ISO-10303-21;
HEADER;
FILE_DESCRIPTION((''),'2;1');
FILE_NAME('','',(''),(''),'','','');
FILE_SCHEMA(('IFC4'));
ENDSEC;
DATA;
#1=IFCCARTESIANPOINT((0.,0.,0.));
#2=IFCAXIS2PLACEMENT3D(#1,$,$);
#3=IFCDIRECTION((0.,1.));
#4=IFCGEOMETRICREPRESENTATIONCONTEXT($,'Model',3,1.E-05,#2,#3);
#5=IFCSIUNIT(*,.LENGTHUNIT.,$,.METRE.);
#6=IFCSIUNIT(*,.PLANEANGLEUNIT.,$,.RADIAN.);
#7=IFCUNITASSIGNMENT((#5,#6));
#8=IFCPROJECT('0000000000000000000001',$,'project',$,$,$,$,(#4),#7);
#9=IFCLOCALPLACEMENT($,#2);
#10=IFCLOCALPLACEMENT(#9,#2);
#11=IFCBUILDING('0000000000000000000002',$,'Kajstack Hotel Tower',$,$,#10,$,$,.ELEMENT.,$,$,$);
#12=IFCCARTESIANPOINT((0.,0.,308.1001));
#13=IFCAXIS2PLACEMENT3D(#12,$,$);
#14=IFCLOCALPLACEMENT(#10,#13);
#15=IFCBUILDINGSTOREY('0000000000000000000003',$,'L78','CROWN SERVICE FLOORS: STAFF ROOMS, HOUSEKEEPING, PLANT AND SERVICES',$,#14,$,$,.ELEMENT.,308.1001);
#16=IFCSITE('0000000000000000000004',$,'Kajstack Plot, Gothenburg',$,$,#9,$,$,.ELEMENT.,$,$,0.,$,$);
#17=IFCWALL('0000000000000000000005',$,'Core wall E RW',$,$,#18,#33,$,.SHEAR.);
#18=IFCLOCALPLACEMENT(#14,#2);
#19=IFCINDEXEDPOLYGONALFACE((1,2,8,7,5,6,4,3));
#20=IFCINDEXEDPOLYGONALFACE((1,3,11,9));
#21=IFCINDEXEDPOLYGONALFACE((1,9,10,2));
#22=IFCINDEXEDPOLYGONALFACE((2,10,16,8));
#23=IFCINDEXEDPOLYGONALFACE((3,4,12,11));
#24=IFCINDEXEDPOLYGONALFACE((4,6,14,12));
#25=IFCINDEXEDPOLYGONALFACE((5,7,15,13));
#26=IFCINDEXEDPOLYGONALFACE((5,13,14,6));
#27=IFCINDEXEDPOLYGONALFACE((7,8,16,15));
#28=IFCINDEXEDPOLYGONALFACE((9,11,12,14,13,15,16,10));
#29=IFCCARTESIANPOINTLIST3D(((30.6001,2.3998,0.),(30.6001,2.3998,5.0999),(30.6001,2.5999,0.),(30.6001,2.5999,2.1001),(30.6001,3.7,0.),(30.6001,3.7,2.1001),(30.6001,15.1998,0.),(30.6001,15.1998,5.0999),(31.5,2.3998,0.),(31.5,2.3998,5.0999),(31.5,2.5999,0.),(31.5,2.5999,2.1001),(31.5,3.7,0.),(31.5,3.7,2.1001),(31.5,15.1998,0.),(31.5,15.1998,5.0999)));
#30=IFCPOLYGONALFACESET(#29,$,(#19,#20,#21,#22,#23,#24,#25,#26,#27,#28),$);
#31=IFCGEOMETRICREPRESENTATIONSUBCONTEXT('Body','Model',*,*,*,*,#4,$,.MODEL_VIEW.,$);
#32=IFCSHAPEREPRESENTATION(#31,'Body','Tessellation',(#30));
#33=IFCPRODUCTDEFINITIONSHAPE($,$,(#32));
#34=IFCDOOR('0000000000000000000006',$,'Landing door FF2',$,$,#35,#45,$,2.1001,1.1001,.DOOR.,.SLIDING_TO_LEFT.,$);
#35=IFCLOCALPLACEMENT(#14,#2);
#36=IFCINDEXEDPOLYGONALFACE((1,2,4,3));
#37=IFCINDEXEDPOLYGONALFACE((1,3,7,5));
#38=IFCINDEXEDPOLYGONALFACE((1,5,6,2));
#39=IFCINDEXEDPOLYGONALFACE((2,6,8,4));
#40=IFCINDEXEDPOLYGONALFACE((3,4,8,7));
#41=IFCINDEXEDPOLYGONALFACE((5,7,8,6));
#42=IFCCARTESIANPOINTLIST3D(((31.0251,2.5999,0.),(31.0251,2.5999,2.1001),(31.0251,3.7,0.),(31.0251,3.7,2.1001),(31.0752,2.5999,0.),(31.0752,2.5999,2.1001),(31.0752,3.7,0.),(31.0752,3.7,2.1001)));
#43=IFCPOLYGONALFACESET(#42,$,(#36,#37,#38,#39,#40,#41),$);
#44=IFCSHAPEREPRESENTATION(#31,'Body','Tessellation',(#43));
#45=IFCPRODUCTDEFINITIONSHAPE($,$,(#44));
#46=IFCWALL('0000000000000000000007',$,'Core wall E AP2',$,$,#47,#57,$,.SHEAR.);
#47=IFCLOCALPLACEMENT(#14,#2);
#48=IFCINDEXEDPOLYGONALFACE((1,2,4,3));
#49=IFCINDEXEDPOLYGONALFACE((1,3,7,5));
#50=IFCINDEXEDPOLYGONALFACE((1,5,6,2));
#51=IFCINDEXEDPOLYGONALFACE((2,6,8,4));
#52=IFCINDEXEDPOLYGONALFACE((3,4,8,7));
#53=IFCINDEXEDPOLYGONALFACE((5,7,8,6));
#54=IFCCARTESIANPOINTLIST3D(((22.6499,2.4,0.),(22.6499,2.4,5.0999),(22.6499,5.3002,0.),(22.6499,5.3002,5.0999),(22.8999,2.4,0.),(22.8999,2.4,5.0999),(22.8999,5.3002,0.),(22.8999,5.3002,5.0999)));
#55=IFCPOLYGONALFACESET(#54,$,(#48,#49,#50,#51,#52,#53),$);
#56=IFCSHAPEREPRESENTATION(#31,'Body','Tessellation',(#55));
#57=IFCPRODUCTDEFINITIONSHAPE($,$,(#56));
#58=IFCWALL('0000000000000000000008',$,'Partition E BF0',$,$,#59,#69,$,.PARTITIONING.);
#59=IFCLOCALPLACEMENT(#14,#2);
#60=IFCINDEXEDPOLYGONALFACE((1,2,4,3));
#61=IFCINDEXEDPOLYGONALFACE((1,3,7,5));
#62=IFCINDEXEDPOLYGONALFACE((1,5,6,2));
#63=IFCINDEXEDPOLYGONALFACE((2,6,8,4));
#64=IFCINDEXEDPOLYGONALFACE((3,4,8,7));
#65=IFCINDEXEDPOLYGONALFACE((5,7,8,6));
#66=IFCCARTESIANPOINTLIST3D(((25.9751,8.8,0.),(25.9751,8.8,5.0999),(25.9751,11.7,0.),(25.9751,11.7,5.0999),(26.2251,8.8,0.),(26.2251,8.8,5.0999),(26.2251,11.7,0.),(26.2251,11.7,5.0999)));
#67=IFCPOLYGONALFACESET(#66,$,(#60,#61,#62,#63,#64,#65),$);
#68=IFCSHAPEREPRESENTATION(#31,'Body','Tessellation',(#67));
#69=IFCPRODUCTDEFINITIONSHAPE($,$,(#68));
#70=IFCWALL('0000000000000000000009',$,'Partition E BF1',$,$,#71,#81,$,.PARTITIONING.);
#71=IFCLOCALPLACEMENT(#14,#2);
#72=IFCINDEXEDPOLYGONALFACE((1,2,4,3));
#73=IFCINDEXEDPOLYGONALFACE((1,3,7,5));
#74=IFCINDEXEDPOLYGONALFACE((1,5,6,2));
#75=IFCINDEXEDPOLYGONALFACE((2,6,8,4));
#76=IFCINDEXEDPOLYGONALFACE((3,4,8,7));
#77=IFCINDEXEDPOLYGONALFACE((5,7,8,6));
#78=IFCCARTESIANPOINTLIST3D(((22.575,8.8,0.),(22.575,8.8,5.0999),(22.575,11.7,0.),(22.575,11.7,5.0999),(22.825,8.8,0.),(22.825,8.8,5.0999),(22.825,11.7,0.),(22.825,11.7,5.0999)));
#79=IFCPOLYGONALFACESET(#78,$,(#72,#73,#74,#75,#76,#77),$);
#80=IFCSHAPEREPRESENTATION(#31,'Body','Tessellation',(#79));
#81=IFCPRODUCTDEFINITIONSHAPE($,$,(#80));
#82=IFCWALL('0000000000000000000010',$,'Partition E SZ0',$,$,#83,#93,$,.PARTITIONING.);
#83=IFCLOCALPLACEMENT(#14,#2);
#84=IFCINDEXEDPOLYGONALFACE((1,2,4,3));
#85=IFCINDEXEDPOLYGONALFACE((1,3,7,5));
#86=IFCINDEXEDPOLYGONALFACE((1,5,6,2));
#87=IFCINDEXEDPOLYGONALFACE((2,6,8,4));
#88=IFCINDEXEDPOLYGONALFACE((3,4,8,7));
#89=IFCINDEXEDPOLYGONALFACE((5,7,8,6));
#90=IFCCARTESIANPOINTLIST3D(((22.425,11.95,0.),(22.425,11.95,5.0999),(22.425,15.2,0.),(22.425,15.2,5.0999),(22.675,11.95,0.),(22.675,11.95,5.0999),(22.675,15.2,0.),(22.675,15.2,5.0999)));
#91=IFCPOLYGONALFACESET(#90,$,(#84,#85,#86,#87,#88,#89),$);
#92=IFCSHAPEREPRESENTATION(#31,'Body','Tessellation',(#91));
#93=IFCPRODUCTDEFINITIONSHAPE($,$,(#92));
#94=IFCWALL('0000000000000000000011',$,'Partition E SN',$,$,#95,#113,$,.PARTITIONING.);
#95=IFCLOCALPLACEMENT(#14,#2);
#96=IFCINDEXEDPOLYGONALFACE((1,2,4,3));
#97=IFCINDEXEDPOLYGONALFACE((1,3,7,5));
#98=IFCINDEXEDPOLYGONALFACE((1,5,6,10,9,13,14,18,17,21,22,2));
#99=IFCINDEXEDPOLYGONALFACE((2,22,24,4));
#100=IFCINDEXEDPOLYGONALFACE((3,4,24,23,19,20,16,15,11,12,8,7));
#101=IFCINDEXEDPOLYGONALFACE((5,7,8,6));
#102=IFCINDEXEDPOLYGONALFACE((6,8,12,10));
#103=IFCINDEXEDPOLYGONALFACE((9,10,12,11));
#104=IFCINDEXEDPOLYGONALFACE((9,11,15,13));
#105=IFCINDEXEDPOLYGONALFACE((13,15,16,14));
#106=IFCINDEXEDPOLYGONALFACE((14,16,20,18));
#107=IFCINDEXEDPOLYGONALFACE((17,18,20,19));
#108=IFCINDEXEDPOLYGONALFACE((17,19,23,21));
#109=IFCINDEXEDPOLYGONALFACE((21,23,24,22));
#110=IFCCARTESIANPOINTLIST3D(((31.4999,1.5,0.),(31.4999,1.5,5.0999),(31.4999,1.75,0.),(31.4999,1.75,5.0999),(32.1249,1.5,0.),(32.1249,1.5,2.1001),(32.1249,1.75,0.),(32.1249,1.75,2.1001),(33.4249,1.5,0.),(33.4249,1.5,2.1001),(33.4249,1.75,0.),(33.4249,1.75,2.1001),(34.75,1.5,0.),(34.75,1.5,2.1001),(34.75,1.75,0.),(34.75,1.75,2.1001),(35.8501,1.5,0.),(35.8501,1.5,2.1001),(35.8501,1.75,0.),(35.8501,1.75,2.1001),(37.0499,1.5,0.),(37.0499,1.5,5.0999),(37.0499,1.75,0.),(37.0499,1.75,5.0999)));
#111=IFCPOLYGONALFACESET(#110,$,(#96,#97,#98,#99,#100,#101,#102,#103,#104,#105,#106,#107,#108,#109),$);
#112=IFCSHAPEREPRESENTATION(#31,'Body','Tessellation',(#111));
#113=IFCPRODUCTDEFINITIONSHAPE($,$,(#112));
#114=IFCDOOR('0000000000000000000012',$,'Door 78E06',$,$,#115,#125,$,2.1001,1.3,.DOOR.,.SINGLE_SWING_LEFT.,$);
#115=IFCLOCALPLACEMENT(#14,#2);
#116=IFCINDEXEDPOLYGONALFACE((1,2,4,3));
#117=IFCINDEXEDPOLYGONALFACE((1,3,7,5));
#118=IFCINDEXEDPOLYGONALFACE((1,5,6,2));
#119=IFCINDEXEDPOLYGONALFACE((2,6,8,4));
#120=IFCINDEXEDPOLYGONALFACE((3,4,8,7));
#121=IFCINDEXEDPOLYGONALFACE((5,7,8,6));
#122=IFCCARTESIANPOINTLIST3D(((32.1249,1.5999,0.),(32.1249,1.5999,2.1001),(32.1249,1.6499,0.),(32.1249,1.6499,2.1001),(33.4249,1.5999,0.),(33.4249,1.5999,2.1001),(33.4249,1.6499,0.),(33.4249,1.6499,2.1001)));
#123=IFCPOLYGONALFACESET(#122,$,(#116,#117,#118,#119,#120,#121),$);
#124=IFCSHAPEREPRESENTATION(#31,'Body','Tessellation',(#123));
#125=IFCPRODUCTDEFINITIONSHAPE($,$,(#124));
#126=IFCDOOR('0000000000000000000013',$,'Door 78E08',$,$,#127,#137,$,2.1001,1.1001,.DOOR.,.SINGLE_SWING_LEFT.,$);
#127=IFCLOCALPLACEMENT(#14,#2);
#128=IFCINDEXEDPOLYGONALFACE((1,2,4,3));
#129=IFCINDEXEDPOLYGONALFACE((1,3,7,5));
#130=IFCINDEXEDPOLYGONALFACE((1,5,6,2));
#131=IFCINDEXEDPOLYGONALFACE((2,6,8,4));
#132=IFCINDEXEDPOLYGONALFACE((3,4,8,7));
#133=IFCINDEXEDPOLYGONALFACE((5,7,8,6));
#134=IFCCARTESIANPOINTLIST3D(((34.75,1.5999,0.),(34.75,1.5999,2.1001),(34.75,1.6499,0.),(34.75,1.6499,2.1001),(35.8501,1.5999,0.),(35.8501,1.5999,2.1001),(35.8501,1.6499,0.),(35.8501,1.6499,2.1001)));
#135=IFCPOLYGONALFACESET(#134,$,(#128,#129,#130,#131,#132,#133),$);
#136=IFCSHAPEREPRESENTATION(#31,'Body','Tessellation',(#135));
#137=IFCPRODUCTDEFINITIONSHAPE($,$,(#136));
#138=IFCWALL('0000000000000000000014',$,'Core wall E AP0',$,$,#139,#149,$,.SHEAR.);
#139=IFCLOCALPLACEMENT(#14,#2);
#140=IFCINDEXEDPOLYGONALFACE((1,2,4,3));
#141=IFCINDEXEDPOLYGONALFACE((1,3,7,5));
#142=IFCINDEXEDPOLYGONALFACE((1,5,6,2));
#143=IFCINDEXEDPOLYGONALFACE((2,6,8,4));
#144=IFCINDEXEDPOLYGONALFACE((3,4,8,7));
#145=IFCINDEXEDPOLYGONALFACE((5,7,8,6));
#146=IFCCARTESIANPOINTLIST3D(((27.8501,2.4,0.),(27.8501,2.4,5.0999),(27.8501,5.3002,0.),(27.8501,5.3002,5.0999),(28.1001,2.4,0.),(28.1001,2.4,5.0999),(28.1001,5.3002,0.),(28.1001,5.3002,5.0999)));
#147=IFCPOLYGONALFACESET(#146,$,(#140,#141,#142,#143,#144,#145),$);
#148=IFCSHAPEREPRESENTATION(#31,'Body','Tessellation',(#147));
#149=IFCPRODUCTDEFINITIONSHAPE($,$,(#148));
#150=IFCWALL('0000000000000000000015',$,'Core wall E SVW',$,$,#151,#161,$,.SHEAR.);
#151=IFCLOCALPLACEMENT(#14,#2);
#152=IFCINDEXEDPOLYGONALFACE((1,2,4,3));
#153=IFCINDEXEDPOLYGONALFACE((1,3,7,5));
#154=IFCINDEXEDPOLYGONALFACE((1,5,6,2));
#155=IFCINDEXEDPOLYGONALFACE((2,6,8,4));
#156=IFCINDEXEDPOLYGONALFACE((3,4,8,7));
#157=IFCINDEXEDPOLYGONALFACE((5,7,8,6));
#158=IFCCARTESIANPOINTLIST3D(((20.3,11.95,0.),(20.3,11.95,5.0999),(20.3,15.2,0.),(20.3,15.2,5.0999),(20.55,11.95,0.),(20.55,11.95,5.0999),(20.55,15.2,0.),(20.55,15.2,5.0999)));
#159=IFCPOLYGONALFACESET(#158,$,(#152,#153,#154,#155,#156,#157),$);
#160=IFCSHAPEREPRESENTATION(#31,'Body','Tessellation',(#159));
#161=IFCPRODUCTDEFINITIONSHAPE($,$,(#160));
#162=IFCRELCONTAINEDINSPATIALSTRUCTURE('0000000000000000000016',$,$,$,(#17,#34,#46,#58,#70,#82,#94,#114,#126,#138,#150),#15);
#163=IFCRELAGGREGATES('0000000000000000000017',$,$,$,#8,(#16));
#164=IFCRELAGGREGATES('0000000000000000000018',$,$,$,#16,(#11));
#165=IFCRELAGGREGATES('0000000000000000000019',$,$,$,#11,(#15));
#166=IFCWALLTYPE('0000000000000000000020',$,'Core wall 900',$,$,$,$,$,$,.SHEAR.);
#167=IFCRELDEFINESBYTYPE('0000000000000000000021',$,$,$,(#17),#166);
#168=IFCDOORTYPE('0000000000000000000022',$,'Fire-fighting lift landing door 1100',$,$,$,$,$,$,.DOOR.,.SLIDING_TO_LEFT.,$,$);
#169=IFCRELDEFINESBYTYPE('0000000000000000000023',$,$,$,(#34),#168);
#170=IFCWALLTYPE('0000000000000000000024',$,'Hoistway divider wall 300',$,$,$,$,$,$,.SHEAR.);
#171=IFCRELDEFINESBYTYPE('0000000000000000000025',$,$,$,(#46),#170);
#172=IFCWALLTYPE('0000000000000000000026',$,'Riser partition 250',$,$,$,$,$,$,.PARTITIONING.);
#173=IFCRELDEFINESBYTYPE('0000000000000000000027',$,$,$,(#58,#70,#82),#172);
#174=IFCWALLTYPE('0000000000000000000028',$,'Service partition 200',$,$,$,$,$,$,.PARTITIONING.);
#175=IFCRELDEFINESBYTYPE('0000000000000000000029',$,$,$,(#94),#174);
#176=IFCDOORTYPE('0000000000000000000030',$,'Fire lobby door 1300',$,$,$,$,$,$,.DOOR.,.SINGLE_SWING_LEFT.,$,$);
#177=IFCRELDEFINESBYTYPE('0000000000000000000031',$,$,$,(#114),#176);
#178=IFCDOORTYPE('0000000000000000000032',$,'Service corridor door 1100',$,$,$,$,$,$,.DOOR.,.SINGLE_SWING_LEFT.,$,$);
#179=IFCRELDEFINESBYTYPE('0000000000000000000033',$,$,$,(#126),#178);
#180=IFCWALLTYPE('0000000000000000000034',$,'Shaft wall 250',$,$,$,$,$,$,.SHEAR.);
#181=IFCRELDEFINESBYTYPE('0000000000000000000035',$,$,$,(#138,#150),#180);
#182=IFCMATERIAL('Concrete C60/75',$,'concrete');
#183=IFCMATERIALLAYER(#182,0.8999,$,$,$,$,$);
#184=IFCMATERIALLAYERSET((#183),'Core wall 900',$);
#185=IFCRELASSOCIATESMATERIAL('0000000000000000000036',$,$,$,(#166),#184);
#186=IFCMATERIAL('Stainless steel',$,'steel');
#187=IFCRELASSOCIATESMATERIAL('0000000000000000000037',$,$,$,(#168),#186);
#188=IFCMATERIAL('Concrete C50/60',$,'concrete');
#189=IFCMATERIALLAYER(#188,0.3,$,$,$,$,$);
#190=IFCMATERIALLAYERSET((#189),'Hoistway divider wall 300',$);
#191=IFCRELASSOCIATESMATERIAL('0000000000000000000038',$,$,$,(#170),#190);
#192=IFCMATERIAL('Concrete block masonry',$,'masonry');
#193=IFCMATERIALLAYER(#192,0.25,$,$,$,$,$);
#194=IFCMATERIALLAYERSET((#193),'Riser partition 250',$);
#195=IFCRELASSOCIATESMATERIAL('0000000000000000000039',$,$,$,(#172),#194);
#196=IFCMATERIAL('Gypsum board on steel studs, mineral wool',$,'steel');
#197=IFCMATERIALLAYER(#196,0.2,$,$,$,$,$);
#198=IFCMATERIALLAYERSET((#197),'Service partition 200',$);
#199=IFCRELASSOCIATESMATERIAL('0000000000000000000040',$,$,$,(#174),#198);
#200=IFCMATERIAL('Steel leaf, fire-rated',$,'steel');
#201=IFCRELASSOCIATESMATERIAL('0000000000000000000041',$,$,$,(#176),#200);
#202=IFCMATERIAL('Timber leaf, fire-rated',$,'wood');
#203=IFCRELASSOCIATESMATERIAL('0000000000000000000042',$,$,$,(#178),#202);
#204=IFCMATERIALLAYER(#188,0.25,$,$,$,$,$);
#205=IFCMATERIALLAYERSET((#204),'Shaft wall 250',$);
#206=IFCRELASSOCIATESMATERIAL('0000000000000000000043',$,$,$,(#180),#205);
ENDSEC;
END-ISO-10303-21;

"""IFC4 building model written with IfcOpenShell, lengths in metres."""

from ifc_helpers import new_model, si_unit, direction, frame, frame_2d, origin, place, context, subcontext, project, spatial, rectangle, extrude, material, layer, layer_set, type_object, element, fill, save


model = new_model("IFC4")

# Units and contexts
model_context = context("Model", 3, precision=1e-05, world=origin(), true_north=direction((0.0, 1.0)))
body_context = subcontext(model_context, "Body", "Model", "MODEL_VIEW")
ifc_project = project(units=[si_unit("LENGTHUNIT", "METRE"), si_unit("PLANEANGLEUNIT", "RADIAN")], contexts=[model_context])

# Site, building, storey
site_placement = place(None, origin())
site = spatial("IfcSite", under=ifc_project, at=site_placement, Name="Kajstack Plot, Gothenburg", CompositionType="ELEMENT", RefElevation=0.0)
building_placement = place(site_placement, origin())
building = spatial("IfcBuilding", under=site, at=building_placement, Name="Kajstack Hotel Tower", CompositionType="ELEMENT")
storey_placement = place(building_placement, frame((0.0, 0.0, 308.1001)))
storey = spatial("IfcBuildingStorey", under=building, at=storey_placement, Name="L78", Description="CROWN SERVICE FLOORS: STAFF ROOMS, HOUSEKEEPING, PLANT AND SERVICES", CompositionType="ELEMENT", Elevation=308.1001)

# Wall, opening, door
ifc_material_1 = material(Name="Concrete C60/75", Category="concrete")
ifc_layer_1 = layer(ifc_material_1, 0.8999)
ifc_layer_set_1 = layer_set([ifc_layer_1], Name="Core wall 900")
wall_type_1 = type_object("IfcWallType", Name="Core wall 900", PredefinedType="SHEAR", material=ifc_layer_set_1)
wall_1_placement = place(storey_placement, frame((31.05, 2.3999, 0.0), z_axis=(0.0, 0.0, 1.0), x_axis=(0.0, 1.0, 0.0)))
wall_1 = element("IfcWall", 1, at=wall_1_placement, inside=storey, type_object=wall_type_1, Name="Core wall E RW", PredefinedType="SHEAR", context=body_context, shape_type="SweptSolid", body=[
    extrude(rectangle(XDim=12.8, YDim=0.8999, at=frame_2d((6.3999, 0.0))), origin(), (0.0, 0.0, 1.0), 5.0999),
])
opening_1_placement = place(wall_1_placement, frame((0.2, 0.0, 0.0)))
opening_1 = element("IfcOpeningElement", 2, at=opening_1_placement, cuts=wall_1, PredefinedType="OPENING", context=body_context, shape_type="SweptSolid", body=[
    extrude(rectangle(XDim=1.1001, YDim=2.1001, at=frame_2d((0.55, 1.05))), frame((0.0, 0.46, 0.0), z_axis=(0.0, -1.0, 0.0), x_axis=(1.0, 0.0, 0.0)), (0.0, 0.0, 1.0), 0.9199),
])
ifc_material_2 = material(Name="Stainless steel", Category="steel")
door_type_1 = type_object("IfcDoorType", Name="Fire-fighting lift landing door 1100", OperationType="SLIDING_TO_LEFT", PredefinedType="DOOR", material=ifc_material_2)
door_1_placement = place(opening_1_placement, origin())
door_1 = element("IfcDoor", 3, at=door_1_placement, inside=storey, type_object=door_type_1, Name="Landing door FF2", OperationType="SLIDING_TO_LEFT", OverallHeight=2.1001, OverallWidth=1.1001, PredefinedType="DOOR", context=body_context, shape_type="SweptSolid", body=[
    extrude(rectangle(XDim=1.1001, YDim=2.1001, at=frame_2d((0.55, 1.05))), frame((0.0, 0.0249, 0.0), z_axis=(0.0, -1.0, 0.0), x_axis=(1.0, 0.0, 0.0)), (0.0, 0.0, 1.0), 0.05),
])
fill(opening_1, door_1)

# Walls
ifc_material_3 = material(Name="Concrete C50/60", Category="concrete")
ifc_layer_2 = layer(ifc_material_3, 0.3)
ifc_layer_set_2 = layer_set([ifc_layer_2], Name="Hoistway divider wall 300")
wall_type_2 = type_object("IfcWallType", Name="Hoistway divider wall 300", PredefinedType="SHEAR", material=ifc_layer_set_2)
wall_2_placement = place(storey_placement, frame((22.7749, 2.3999, 0.0), z_axis=(0.0, 0.0, 1.0), x_axis=(0.0, 1.0, 0.0)))
element("IfcWall", 4, at=wall_2_placement, inside=storey, type_object=wall_type_2, Name="Core wall E AP2", PredefinedType="SHEAR", context=body_context, shape_type="SweptSolid", body=[
    extrude(rectangle(XDim=2.9001, YDim=0.25, at=frame_2d((1.4502, 0.0))), origin(), (0.0, 0.0, 1.0), 5.0999),
])
ifc_material_4 = material(Name="Concrete block masonry", Category="masonry")
ifc_layer_3 = layer(ifc_material_4, 0.25)
ifc_layer_set_3 = layer_set([ifc_layer_3], Name="Riser partition 250")
wall_type_3 = type_object("IfcWallType", Name="Riser partition 250", PredefinedType="PARTITIONING", material=ifc_layer_set_3)
for number, where, z_axis, x_axis, name in (
    (5, (26.1001, 8.8, 0.0), (0.0, 0.0, 1.0), (0.0, 1.0, 0.0), "Partition E BF0"),
    (6, (22.7, 8.8, 0.0), (0.0, 0.0, 1.0), (0.0, 1.0, 0.0), "Partition E BF1"),
):
    element("IfcWall", number, at=place(storey_placement, frame(where, z_axis=z_axis, x_axis=x_axis)), inside=storey, type_object=wall_type_3, Name=name, PredefinedType="PARTITIONING", context=body_context, shape_type="SweptSolid", body=[
        extrude(rectangle(XDim=2.8999, YDim=0.25, at=frame_2d((1.45, 0.0))), origin(), (0.0, 0.0, 1.0), 5.0999),
    ])
wall_3_placement = place(storey_placement, frame((22.55, 11.95, 0.0), z_axis=(0.0, 0.0, 1.0), x_axis=(0.0, 1.0, 0.0)))
element("IfcWall", 7, at=wall_3_placement, inside=storey, type_object=wall_type_3, Name="Partition E SZ0", PredefinedType="PARTITIONING", context=body_context, shape_type="SweptSolid", body=[
    extrude(rectangle(XDim=3.25, YDim=0.25, at=frame_2d((1.625, 0.0))), origin(), (0.0, 0.0, 1.0), 5.0999),
])

# Wall, openings, doors
ifc_material_5 = material(Name="Gypsum board on steel studs, mineral wool", Category="steel")
ifc_layer_4 = layer(ifc_material_5, 0.2)
ifc_layer_set_4 = layer_set([ifc_layer_4], Name="Service partition 200")
wall_type_4 = type_object("IfcWallType", Name="Service partition 200", PredefinedType="PARTITIONING", material=ifc_layer_set_4)
wall_4_placement = place(storey_placement, frame((31.5, 1.625, 0.0), z_axis=(0.0, 0.0, 1.0), x_axis=(1.0, 0.0, 0.0)))
wall_4 = element("IfcWall", 8, at=wall_4_placement, inside=storey, type_object=wall_type_4, Name="Partition E SN", PredefinedType="PARTITIONING", context=body_context, shape_type="SweptSolid", body=[
    extrude(rectangle(XDim=5.55, YDim=0.25, at=frame_2d((2.7749, 0.0))), origin(), (0.0, 0.0, 1.0), 5.0999),
])
opening_2_placement = place(wall_4_placement, frame((0.625, 0.0, 0.0)))
opening_2 = element("IfcOpeningElement", 9, at=opening_2_placement, cuts=wall_4, PredefinedType="OPENING", context=body_context, shape_type="SweptSolid", body=[
    extrude(rectangle(XDim=1.3, YDim=2.1001, at=frame_2d((0.6499, 1.05))), frame((0.0, 0.135, 0.0), z_axis=(0.0, -1.0, 0.0), x_axis=(1.0, 0.0, 0.0)), (0.0, 0.0, 1.0), 0.27),
])
opening_3_placement = place(wall_4_placement, frame((3.25, 0.0, 0.0)))
opening_3 = element("IfcOpeningElement", 10, at=opening_3_placement, cuts=wall_4, PredefinedType="OPENING", context=body_context, shape_type="SweptSolid", body=[
    extrude(rectangle(XDim=1.1001, YDim=2.1001, at=frame_2d((0.55, 1.05))), frame((0.0, 0.135, 0.0), z_axis=(0.0, -1.0, 0.0), x_axis=(1.0, 0.0, 0.0)), (0.0, 0.0, 1.0), 0.27),
])
ifc_material_6 = material(Name="Steel leaf, fire-rated", Category="steel")
door_type_2 = type_object("IfcDoorType", Name="Fire lobby door 1300", OperationType="SINGLE_SWING_LEFT", PredefinedType="DOOR", material=ifc_material_6)
door_2_placement = place(opening_2_placement, origin())
door_2 = element("IfcDoor", 11, at=door_2_placement, inside=storey, type_object=door_type_2, Name="Door 78E06", OperationType="SINGLE_SWING_LEFT", OverallHeight=2.1001, OverallWidth=1.3, PredefinedType="DOOR", context=body_context, shape_type="SweptSolid", body=[
    extrude(rectangle(XDim=1.3, YDim=2.1001, at=frame_2d((0.6499, 1.05))), frame((0.0, 0.0249, 0.0), z_axis=(0.0, -1.0, 0.0), x_axis=(1.0, 0.0, 0.0)), (0.0, 0.0, 1.0), 0.05),
])
fill(opening_2, door_2)
ifc_material_7 = material(Name="Timber leaf, fire-rated", Category="wood")
door_type_3 = type_object("IfcDoorType", Name="Service corridor door 1100", OperationType="SINGLE_SWING_LEFT", PredefinedType="DOOR", material=ifc_material_7)
door_3_placement = place(opening_3_placement, origin())
door_3 = element("IfcDoor", 12, at=door_3_placement, inside=storey, type_object=door_type_3, Name="Door 78E08", OperationType="SINGLE_SWING_LEFT", OverallHeight=2.1001, OverallWidth=1.1001, PredefinedType="DOOR", context=body_context, shape_type="SweptSolid", body=[
    extrude(rectangle(XDim=1.1001, YDim=2.1001, at=frame_2d((0.55, 1.05))), frame((0.0, 0.0249, 0.0), z_axis=(0.0, -1.0, 0.0), x_axis=(1.0, 0.0, 0.0)), (0.0, 0.0, 1.0), 0.05),
])
fill(opening_3, door_3)

# Walls
ifc_layer_5 = layer(ifc_material_3, 0.25)
ifc_layer_set_5 = layer_set([ifc_layer_5], Name="Shaft wall 250")
wall_type_5 = type_object("IfcWallType", Name="Shaft wall 250", PredefinedType="SHEAR", material=ifc_layer_set_5)
wall_5_placement = place(storey_placement, frame((27.9751, 2.3999, 0.0), z_axis=(0.0, 0.0, 1.0), x_axis=(0.0, 1.0, 0.0)))
element("IfcWall", 13, at=wall_5_placement, inside=storey, type_object=wall_type_5, Name="Core wall E AP0", PredefinedType="SHEAR", context=body_context, shape_type="SweptSolid", body=[
    extrude(rectangle(XDim=2.9001, YDim=0.25, at=frame_2d((1.4502, 0.0))), origin(), (0.0, 0.0, 1.0), 5.0999),
])
wall_6_placement = place(storey_placement, frame((20.425, 11.95, 0.0), z_axis=(0.0, 0.0, 1.0), x_axis=(0.0, 1.0, 0.0)))
element("IfcWall", 14, at=wall_6_placement, inside=storey, type_object=wall_type_5, Name="Core wall E SVW", PredefinedType="SHEAR", context=body_context, shape_type="SweptSolid", body=[
    extrude(rectangle(XDim=3.25, YDim=0.25, at=frame_2d((1.625, 0.0))), origin(), (0.0, 0.0, 1.0), 5.0999),
])

save(model, "model.ifc")
